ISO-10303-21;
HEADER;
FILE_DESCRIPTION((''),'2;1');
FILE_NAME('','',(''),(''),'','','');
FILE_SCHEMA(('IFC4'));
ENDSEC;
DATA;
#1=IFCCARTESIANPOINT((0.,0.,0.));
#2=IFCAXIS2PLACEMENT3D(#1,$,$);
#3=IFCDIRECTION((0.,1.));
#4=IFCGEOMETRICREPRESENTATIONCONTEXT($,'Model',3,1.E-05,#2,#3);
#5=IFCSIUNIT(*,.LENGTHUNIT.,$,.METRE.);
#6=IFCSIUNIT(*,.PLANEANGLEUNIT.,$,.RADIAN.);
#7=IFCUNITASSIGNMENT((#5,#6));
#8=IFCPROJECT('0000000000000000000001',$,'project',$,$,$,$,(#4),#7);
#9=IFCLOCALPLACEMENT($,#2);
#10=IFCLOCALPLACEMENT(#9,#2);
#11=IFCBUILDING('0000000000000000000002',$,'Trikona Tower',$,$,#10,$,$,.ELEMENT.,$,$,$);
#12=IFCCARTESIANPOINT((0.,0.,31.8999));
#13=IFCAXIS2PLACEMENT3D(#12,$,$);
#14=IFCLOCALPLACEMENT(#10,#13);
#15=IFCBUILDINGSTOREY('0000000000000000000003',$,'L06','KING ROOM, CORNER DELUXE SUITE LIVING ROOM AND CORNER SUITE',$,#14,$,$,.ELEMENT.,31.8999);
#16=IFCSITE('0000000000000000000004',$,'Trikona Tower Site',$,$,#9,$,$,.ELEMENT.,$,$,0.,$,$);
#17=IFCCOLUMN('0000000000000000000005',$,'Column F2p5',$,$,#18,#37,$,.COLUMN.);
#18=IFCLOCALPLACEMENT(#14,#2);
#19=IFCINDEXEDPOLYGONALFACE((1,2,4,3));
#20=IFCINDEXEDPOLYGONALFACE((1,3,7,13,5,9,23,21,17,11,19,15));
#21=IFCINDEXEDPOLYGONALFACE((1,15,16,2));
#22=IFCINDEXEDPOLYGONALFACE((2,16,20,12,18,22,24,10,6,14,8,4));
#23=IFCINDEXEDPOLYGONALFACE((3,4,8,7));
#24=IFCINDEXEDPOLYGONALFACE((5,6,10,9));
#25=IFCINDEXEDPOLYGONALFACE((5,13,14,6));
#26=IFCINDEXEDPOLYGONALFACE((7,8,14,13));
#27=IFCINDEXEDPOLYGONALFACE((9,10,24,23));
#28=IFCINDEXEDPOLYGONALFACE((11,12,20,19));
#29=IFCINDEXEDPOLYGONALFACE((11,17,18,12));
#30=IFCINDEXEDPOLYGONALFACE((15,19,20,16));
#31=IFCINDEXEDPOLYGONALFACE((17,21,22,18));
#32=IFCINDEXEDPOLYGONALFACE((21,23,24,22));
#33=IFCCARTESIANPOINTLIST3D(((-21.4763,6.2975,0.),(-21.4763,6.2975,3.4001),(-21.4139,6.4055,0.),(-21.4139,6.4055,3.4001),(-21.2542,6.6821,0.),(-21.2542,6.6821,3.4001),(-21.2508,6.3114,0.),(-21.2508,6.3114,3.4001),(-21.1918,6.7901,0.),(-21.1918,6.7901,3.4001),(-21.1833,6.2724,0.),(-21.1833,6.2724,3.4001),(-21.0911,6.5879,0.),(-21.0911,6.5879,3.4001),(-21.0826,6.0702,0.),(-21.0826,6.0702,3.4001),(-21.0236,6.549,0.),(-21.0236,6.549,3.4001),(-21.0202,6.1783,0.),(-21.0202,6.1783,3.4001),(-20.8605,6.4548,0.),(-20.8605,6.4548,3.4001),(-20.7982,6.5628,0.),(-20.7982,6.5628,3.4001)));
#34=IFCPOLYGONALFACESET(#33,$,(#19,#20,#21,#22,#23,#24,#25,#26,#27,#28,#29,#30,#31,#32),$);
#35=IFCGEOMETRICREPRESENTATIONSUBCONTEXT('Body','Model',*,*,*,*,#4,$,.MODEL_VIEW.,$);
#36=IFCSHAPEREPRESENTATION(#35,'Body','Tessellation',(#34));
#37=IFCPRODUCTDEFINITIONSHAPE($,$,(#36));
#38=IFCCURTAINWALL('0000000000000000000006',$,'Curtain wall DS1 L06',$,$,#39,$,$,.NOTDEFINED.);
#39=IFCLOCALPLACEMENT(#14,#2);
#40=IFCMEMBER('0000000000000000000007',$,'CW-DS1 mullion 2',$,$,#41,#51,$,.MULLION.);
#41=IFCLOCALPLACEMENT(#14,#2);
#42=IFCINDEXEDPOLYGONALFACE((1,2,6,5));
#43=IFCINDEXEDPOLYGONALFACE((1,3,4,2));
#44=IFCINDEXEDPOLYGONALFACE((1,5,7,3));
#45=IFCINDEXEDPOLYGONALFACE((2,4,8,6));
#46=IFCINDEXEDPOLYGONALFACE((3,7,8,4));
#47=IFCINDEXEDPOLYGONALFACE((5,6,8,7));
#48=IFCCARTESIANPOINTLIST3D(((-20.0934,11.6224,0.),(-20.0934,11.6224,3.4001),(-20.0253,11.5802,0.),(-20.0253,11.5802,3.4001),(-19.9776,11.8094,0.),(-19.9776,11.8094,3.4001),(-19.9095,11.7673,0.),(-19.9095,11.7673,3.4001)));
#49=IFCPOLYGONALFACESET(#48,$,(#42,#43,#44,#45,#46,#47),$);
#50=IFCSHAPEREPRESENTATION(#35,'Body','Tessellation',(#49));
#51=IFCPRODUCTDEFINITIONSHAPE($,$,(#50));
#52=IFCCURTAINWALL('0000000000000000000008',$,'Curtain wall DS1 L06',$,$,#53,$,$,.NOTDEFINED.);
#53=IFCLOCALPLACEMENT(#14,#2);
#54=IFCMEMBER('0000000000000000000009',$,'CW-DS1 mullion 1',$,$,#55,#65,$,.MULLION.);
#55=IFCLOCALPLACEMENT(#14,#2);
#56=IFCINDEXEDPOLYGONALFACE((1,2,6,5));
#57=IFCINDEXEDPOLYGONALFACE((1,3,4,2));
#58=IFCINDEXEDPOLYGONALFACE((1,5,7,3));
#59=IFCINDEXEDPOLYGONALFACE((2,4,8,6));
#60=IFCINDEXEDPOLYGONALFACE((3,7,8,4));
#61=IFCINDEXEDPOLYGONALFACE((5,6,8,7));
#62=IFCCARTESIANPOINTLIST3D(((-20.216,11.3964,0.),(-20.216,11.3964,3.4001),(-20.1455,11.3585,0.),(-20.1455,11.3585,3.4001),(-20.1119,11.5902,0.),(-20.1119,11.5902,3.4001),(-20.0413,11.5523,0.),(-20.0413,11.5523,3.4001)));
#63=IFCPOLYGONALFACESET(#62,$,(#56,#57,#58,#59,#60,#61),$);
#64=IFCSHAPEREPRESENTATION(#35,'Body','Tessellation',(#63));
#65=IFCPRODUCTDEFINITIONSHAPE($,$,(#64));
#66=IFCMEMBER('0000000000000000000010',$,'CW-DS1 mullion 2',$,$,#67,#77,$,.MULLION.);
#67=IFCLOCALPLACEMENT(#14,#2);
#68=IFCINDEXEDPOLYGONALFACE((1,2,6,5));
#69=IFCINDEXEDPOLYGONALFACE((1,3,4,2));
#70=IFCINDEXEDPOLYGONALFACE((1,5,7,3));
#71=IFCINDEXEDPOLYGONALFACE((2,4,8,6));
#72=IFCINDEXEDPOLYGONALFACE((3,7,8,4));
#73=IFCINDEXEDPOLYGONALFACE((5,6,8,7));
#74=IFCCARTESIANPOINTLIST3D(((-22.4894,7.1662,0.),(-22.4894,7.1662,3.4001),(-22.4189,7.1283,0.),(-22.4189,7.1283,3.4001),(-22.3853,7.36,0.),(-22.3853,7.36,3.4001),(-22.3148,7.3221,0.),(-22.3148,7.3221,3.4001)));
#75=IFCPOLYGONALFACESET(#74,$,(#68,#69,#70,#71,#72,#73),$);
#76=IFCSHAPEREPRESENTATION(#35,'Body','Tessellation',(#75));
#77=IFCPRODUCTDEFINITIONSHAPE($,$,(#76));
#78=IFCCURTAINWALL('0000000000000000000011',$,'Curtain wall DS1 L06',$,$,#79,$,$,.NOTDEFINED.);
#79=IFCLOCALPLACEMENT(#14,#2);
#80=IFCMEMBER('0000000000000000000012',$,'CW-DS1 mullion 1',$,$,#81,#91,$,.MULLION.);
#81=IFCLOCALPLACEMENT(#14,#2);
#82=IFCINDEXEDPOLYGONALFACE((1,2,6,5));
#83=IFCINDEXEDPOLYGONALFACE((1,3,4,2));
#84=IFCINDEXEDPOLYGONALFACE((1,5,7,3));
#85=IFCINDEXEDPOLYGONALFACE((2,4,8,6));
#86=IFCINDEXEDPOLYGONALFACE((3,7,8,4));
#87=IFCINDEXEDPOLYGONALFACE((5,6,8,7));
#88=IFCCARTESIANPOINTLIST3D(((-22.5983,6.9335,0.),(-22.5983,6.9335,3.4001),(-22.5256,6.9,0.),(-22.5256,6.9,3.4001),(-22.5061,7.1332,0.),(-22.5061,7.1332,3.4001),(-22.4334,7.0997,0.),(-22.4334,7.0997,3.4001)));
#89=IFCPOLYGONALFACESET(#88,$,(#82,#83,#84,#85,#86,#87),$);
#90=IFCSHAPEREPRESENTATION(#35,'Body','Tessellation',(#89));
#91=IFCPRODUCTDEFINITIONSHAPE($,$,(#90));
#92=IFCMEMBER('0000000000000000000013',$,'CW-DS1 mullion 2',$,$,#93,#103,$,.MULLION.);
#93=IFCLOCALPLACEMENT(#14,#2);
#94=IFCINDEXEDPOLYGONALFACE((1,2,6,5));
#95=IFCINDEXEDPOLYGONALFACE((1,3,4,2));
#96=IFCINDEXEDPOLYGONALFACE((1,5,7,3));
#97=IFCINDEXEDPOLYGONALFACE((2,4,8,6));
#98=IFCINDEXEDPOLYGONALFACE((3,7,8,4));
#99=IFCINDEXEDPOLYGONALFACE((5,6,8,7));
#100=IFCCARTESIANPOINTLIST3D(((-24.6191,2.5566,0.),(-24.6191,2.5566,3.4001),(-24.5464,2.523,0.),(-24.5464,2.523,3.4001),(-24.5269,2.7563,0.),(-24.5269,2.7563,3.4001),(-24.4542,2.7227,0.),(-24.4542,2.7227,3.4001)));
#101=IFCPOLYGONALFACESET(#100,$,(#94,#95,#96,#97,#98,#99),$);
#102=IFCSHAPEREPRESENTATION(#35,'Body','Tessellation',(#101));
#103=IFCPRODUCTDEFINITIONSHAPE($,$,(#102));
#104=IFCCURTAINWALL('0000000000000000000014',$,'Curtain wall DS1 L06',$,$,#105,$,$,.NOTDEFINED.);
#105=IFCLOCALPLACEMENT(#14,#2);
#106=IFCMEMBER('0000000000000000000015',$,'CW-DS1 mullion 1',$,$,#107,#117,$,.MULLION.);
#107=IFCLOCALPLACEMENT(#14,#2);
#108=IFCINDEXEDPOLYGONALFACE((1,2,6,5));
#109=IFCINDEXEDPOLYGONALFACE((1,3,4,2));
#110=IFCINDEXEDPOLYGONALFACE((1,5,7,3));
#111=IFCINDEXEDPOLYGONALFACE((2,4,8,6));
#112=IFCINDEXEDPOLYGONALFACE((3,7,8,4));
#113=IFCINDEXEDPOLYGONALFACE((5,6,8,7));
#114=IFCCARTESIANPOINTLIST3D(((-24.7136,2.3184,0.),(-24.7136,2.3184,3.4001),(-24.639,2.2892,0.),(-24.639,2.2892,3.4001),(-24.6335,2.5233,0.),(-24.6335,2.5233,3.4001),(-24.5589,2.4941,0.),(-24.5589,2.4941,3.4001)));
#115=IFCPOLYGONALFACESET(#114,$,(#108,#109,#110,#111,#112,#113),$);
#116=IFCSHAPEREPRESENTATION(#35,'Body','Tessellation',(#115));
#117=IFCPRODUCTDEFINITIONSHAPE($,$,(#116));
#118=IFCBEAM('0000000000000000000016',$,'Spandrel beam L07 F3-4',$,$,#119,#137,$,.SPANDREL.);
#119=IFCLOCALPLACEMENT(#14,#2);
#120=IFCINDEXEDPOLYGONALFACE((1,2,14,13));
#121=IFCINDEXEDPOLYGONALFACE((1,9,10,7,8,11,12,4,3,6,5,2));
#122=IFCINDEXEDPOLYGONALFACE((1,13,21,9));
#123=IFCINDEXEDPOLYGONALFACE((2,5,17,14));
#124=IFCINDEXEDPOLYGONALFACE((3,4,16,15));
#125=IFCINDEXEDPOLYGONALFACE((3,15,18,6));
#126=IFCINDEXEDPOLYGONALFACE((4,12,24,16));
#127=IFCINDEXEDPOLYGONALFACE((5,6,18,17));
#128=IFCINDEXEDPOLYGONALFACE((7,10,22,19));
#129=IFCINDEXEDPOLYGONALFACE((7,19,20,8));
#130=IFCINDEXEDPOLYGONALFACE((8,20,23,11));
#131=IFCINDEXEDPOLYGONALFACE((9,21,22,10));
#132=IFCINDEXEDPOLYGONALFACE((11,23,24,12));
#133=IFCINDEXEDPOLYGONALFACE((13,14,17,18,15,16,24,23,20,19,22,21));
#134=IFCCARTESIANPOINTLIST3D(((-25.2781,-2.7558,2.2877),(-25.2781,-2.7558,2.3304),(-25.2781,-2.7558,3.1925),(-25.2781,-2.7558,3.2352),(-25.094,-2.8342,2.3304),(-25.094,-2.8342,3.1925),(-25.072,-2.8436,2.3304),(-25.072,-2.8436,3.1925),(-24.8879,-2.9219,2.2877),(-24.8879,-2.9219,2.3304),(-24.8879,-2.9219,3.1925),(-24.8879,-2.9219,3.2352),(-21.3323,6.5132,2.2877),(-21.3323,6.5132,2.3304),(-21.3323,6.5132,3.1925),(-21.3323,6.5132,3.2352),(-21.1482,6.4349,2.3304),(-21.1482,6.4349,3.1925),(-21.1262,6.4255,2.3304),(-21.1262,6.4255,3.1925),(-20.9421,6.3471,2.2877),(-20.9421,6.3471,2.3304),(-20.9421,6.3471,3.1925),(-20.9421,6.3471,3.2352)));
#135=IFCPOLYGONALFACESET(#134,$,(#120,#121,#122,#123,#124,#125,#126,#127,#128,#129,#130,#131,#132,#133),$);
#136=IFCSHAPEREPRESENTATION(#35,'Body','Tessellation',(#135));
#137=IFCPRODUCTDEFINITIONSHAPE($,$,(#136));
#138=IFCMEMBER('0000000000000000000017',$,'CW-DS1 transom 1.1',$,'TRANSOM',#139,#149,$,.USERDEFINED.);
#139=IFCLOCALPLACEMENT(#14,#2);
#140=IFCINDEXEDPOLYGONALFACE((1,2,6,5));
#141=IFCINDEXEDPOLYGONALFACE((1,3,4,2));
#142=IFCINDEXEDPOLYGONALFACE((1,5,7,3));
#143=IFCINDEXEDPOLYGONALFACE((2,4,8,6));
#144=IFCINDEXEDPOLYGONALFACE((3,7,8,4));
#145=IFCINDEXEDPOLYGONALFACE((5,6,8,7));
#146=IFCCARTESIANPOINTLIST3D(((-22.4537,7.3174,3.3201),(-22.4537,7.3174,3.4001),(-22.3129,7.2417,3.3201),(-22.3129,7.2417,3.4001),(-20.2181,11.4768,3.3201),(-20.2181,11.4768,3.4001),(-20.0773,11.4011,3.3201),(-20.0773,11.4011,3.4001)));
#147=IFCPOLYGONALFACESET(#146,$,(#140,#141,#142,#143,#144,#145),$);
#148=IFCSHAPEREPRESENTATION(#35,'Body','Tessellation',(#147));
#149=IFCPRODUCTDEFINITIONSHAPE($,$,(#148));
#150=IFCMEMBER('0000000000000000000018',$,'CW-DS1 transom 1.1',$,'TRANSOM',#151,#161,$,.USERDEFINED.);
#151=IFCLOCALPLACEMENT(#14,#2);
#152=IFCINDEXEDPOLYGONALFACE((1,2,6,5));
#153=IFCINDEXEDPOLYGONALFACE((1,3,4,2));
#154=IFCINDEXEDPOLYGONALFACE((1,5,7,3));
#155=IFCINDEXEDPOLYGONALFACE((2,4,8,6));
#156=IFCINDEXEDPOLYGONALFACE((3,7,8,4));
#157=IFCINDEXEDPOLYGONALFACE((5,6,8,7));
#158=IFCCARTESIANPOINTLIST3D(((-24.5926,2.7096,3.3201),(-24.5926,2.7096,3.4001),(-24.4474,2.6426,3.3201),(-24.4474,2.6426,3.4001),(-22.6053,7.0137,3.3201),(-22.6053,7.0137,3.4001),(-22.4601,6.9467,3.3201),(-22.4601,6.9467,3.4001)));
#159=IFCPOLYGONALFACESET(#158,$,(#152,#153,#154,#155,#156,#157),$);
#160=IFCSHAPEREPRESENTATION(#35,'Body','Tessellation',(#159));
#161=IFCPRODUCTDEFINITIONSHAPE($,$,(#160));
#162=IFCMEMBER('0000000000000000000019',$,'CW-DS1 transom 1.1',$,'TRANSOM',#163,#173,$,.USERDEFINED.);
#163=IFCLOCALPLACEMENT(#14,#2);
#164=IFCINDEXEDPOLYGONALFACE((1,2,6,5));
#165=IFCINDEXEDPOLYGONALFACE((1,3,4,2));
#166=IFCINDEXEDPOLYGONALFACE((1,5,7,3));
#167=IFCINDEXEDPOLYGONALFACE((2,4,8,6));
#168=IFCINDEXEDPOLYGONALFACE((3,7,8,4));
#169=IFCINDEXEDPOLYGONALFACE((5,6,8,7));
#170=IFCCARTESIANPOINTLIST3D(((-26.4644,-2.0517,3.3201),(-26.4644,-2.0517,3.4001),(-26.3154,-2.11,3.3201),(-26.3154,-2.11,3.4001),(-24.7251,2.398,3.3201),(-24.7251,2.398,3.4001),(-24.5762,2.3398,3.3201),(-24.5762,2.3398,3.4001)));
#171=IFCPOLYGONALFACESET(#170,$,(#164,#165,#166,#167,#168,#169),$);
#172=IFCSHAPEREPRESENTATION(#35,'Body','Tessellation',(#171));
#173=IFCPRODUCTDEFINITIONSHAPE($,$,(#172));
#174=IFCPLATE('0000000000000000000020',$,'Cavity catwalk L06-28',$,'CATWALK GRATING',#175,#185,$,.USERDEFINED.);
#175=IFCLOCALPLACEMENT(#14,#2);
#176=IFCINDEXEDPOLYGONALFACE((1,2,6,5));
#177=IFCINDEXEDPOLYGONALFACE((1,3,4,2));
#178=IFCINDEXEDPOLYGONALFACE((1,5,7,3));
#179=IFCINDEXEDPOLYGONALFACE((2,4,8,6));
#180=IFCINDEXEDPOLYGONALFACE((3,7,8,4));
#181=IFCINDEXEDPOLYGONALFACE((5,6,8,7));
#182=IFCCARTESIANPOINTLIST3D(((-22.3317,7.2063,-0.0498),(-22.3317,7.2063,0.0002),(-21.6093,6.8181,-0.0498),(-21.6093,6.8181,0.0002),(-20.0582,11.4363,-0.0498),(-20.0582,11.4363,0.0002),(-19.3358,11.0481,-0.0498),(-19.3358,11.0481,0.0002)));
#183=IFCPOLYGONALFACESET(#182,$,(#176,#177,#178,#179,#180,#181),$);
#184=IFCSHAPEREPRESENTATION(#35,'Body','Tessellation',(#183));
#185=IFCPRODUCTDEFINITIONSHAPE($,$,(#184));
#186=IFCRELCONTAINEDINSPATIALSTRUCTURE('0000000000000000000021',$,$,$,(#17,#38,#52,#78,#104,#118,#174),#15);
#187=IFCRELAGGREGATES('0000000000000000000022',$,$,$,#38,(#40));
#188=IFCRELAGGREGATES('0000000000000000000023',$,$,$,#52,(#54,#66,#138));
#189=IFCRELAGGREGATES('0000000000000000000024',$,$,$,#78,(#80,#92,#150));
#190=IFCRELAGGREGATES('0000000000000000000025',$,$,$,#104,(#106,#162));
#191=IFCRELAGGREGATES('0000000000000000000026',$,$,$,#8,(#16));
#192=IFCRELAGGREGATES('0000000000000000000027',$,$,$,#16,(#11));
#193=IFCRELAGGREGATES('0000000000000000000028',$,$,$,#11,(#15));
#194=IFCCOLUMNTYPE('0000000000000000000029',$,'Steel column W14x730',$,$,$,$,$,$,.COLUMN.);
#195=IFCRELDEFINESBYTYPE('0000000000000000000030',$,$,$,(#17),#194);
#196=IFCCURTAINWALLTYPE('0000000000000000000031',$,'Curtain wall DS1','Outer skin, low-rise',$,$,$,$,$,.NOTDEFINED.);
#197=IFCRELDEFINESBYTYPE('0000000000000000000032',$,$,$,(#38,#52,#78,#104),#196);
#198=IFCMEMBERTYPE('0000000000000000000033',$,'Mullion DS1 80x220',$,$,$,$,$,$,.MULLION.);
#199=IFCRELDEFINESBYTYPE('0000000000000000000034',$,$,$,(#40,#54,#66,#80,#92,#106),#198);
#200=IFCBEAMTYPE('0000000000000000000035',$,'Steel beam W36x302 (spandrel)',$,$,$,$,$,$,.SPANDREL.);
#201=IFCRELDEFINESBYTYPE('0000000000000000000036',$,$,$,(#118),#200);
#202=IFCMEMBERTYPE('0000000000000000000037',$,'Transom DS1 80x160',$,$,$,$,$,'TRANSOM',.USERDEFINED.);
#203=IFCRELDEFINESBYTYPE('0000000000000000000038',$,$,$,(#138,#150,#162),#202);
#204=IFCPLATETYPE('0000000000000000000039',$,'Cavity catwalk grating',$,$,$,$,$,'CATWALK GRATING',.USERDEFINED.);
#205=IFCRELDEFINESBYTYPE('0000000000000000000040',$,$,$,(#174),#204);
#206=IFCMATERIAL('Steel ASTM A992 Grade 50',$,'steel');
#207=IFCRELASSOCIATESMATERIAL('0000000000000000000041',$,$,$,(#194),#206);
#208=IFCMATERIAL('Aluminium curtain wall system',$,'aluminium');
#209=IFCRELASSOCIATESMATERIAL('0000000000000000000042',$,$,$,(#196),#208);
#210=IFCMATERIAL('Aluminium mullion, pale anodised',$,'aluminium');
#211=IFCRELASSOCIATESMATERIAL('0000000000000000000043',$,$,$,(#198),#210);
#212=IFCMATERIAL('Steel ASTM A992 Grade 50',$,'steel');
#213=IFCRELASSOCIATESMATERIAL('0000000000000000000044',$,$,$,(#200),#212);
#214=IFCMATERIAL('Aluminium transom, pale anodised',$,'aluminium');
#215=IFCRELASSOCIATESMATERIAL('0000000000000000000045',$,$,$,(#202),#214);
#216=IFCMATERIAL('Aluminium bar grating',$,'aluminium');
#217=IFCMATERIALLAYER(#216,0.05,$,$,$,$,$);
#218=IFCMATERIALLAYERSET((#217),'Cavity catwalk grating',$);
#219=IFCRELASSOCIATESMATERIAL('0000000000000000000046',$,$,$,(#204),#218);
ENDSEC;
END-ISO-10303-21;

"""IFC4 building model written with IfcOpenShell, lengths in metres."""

from ifc_helpers import new_model, si_unit, direction, frame, origin, origin_2d, place, context, subcontext, project, spatial, rectangle, i_section, extrude, material, layer, layer_set, material_profile, profile_set, type_object, element, aggregate, save


model = new_model("IFC4")

# Units and contexts
model_context = context("Model", 3, precision=1e-05, world=origin(), true_north=direction((0.0, 1.0)))
body_context = subcontext(model_context, "Body", "Model", "MODEL_VIEW")
ifc_project = project(units=[si_unit("LENGTHUNIT", "METRE"), si_unit("PLANEANGLEUNIT", "RADIAN")], contexts=[model_context])

# Site, building, storey
site_placement = place(None, origin())
site = spatial("IfcSite", under=ifc_project, at=site_placement, Name="Trikona Tower Site", CompositionType="ELEMENT", RefElevation=0.0)
building_placement = place(site_placement, origin())
building = spatial("IfcBuilding", under=site, at=building_placement, Name="Trikona Tower", CompositionType="ELEMENT")
storey_placement = place(building_placement, frame((0.0, 0.0, 31.8999)))
storey = spatial("IfcBuildingStorey", under=building, at=storey_placement, Name="L06", Description="KING ROOM, CORNER DELUXE SUITE LIVING ROOM AND CORNER SUITE", CompositionType="ELEMENT", Elevation=31.8999)

# Column
ifc_material_1 = material(Name="Steel ASTM A992 Grade 50", Category="steel")
ifc_material_profile_1 = material_profile(ifc_material_1, i_section(OverallWidth=0.4546, OverallDepth=0.5688, WebThickness=0.0779, FlangeThickness=0.1248, at=origin_2d()), Name="W14X730")
ifc_profile_set_1 = profile_set([ifc_material_profile_1], Name="Steel ASTM A992 Grade 50")
column_type = type_object("IfcColumnType", Name="Steel column W14x730", PredefinedType="COLUMN", material=ifc_profile_set_1)
column_placement = place(storey_placement, frame((-21.1372, 6.4302, 0.0), z_axis=(0.0, 0.0, 1.0), x_axis=(-0.866025, 0.5, 0.0)))
element("IfcColumn", 1, at=column_placement, inside=storey, type_object=column_type, Name="Column F2p5", PredefinedType="COLUMN", context=body_context, shape_type="SweptSolid", body=[
    extrude(i_section(OverallWidth=0.4546, OverallDepth=0.5688, WebThickness=0.0779, FlangeThickness=0.1248, at=origin_2d()), origin(), (0.0, 0.0, 1.0), 3.4001),
])

# Curtain wall, member
ifc_material_2 = material(Name="Aluminium curtain wall system", Category="aluminium")
curtain_wall_type = type_object("IfcCurtainWallType", Name="Curtain wall DS1", Description="Outer skin, low-rise", PredefinedType="NOTDEFINED", material=ifc_material_2)
curtain_wall_1_placement = place(storey_placement, origin())
curtain_wall_1 = element("IfcCurtainWall", 2, at=curtain_wall_1_placement, inside=storey, type_object=curtain_wall_type, Name="Curtain wall DS1 L06", PredefinedType="NOTDEFINED")
ifc_material_3 = material(Name="Aluminium mullion, pale anodised", Category="aluminium")
ifc_material_profile_2 = material_profile(ifc_material_3, rectangle(XDim=0.0801, YDim=0.22, at=origin_2d()), Name="MUL-DS1")
ifc_profile_set_2 = profile_set([ifc_material_profile_2], Name="Aluminium mullion, pale anodised")
member_type_1 = type_object("IfcMemberType", Name="Mullion DS1 80x220", PredefinedType="MULLION", material=ifc_profile_set_2)
member_1_placement = place(storey_placement, frame((-20.0015, 11.6948, 0.0), z_axis=(0.0, 0.0, 1.0), x_axis=(0.85041, -0.52612, 0.0)))
member_1 = element("IfcMember", 3, at=member_1_placement, type_object=member_type_1, Name="CW-DS1 mullion 2", PredefinedType="MULLION", context=body_context, shape_type="SweptSolid", body=[
    extrude(rectangle(XDim=0.0801, YDim=0.22, at=origin_2d()), origin(), (0.0, 0.0, 1.0), 3.4001),
])
aggregate(curtain_wall_1, [member_1])

# Curtain walls, members
curtain_wall_2_placement = place(storey_placement, origin())
curtain_wall_2 = element("IfcCurtainWall", 4, at=curtain_wall_2_placement, inside=storey, type_object=curtain_wall_type, Name="Curtain wall DS1 L06", PredefinedType="NOTDEFINED")
member_2_placement = place(storey_placement, frame((-20.1287, 11.4744, 0.0), z_axis=(0.0, 0.0, 1.0), x_axis=(0.880843, -0.473408, 0.0)))
member_2 = element("IfcMember", 5, at=member_2_placement, type_object=member_type_1, Name="CW-DS1 mullion 1", PredefinedType="MULLION", context=body_context, shape_type="SweptSolid", body=[
    extrude(rectangle(XDim=0.0801, YDim=0.22, at=origin_2d()), origin(), (0.0, 0.0, 1.0), 3.4001),
])
member_3_placement = place(storey_placement, frame((-22.4021, 7.2441, 0.0), z_axis=(0.0, 0.0, 1.0), x_axis=(0.880843, -0.473408, 0.0)))
member_3 = element("IfcMember", 6, at=member_3_placement, type_object=member_type_1, Name="CW-DS1 mullion 2", PredefinedType="MULLION", context=body_context, shape_type="SweptSolid", body=[
    extrude(rectangle(XDim=0.0801, YDim=0.22, at=origin_2d()), origin(), (0.0, 0.0, 1.0), 3.4001),
])
curtain_wall_3_placement = place(storey_placement, origin())
curtain_wall_3 = element("IfcCurtainWall", 7, at=curtain_wall_3_placement, inside=storey, type_object=curtain_wall_type, Name="Curtain wall DS1 L06", PredefinedType="NOTDEFINED")
member_4_placement = place(storey_placement, frame((-22.5159, 7.0166, 0.0), z_axis=(0.0, 0.0, 1.0), x_axis=(0.907898, -0.41919, 0.0)))
member_4 = element("IfcMember", 8, at=member_4_placement, type_object=member_type_1, Name="CW-DS1 mullion 1", PredefinedType="MULLION", context=body_context, shape_type="SweptSolid", body=[
    extrude(rectangle(XDim=0.0801, YDim=0.22, at=origin_2d()), origin(), (0.0, 0.0, 1.0), 3.4001),
])
member_5_placement = place(storey_placement, frame((-24.5366, 2.6396, 0.0), z_axis=(0.0, 0.0, 1.0), x_axis=(0.907898, -0.41919, 0.0)))
member_5 = element("IfcMember", 9, at=member_5_placement, type_object=member_type_1, Name="CW-DS1 mullion 2", PredefinedType="MULLION", context=body_context, shape_type="SweptSolid", body=[
    extrude(rectangle(XDim=0.0801, YDim=0.22, at=origin_2d()), origin(), (0.0, 0.0, 1.0), 3.4001),
])

# Curtain wall, member
curtain_wall_4_placement = place(storey_placement, origin())
curtain_wall_4 = element("IfcCurtainWall", 10, at=curtain_wall_4_placement, inside=storey, type_object=curtain_wall_type, Name="Curtain wall DS1 L06", PredefinedType="NOTDEFINED")
member_6_placement = place(storey_placement, frame((-24.6362, 2.4062, 0.0), z_axis=(0.0, 0.0, 1.0), x_axis=(0.931396, -0.364008, 0.0)))
member_6 = element("IfcMember", 11, at=member_6_placement, type_object=member_type_1, Name="CW-DS1 mullion 1", PredefinedType="MULLION", context=body_context, shape_type="SweptSolid", body=[
    extrude(rectangle(XDim=0.0801, YDim=0.22, at=origin_2d()), origin(), (0.0, 0.0, 1.0), 3.4001),
])

# Beam
ifc_material_4 = material(Name="Steel ASTM A992 Grade 50", Category="steel")
ifc_material_profile_3 = material_profile(ifc_material_4, i_section(OverallWidth=0.4241, OverallDepth=0.9475, WebThickness=0.0239, FlangeThickness=0.0427, at=origin_2d()), Name="W36X302")
ifc_profile_set_3 = profile_set([ifc_material_profile_3], Name="Steel ASTM A992 Grade 50")
beam_type = type_object("IfcBeamType", Name="Steel beam W36x302 (spandrel)", PredefinedType="SPANDREL", material=ifc_profile_set_3)
beam_placement = place(storey_placement, frame((-21.1372, 6.4302, 2.7615), z_axis=(-0.391684, -0.9201, 0.0), x_axis=(0.9201, -0.391684, 0.0)))
element("IfcBeam", 12, at=beam_placement, inside=storey, type_object=beam_type, Name="Spandrel beam L07 F3-4", PredefinedType="SPANDREL", context=body_context, shape_type="SweptSolid", body=[
    extrude(i_section(OverallWidth=0.4241, OverallDepth=0.9475, WebThickness=0.0239, FlangeThickness=0.0427, at=origin_2d()), origin(), (0.0, 0.0, 1.0), 10.074),
])

# Members
ifc_material_5 = material(Name="Aluminium transom, pale anodised", Category="aluminium")
ifc_material_profile_4 = material_profile(ifc_material_5, rectangle(XDim=0.1599, YDim=0.0801, at=origin_2d()), Name="TRN-DS1")
ifc_profile_set_4 = profile_set([ifc_material_profile_4], Name="Aluminium transom, pale anodised")
member_type_2 = type_object("IfcMemberType", Name="Transom DS1 80x160", ElementType="TRANSOM", PredefinedType="USERDEFINED", material=ifc_profile_set_4)
member_7_placement = place(storey_placement, frame((-20.1477, 11.439, 3.3601), z_axis=(-0.473428, -0.880833, 0.0), x_axis=(0.880833, -0.473428, 0.0)))
member_7 = element("IfcMember", 13, at=member_7_placement, type_object=member_type_2, Name="CW-DS1 transom 1.1", ObjectType="TRANSOM", PredefinedType="USERDEFINED", context=body_context, shape_type="SweptSolid", body=[
    extrude(rectangle(XDim=0.1599, YDim=0.0801, at=origin_2d()), origin(), (0.0, 0.0, 1.0), 4.7222),
])
member_8_placement = place(storey_placement, frame((-22.5327, 6.9802, 3.3601), z_axis=(-0.419189, -0.907899, 0.0), x_axis=(0.907899, -0.419189, 0.0)))
member_8 = element("IfcMember", 14, at=member_8_placement, type_object=member_type_2, Name="CW-DS1 transom 1.1", ObjectType="TRANSOM", PredefinedType="USERDEFINED", context=body_context, shape_type="SweptSolid", body=[
    extrude(rectangle(XDim=0.1599, YDim=0.0801, at=origin_2d()), origin(), (0.0, 0.0, 1.0), 4.7407),
])
member_9_placement = place(storey_placement, frame((-24.6506, 2.3689, 3.3601), z_axis=(-0.364049, -0.93138, 0.0), x_axis=(0.93138, -0.364049, 0.0)))
member_9 = element("IfcMember", 15, at=member_9_placement, type_object=member_type_2, Name="CW-DS1 transom 1.1", ObjectType="TRANSOM", PredefinedType="USERDEFINED", context=body_context, shape_type="SweptSolid", body=[
    extrude(rectangle(XDim=0.1599, YDim=0.0801, at=origin_2d()), origin(), (0.0, 0.0, 1.0), 4.7776),
])

# Plate
ifc_material_6 = material(Name="Aluminium bar grating", Category="aluminium")
ifc_layer_1 = layer(ifc_material_6, 0.05)
ifc_layer_set_1 = layer_set([ifc_layer_1], Name="Cavity catwalk grating")
plate_type_1 = type_object("IfcPlateType", Name="Cavity catwalk grating", ElementType="CATWALK GRATING", PredefinedType="USERDEFINED", material=ifc_layer_set_1)
plate_1_placement = place(storey_placement, frame((-20.8337, 9.1272, -0.0498), z_axis=(0.0, 0.0, 1.0), x_axis=(-0.473423, -0.880835, 0.0)))
element("IfcPlate", 16, at=plate_1_placement, inside=storey, type_object=plate_type_1, Name="Cavity catwalk L06-28", ObjectType="CATWALK GRATING", PredefinedType="USERDEFINED", context=body_context, shape_type="SweptSolid", body=[
    extrude(rectangle(XDim=4.8022, YDim=0.8201, at=origin_2d()), origin(), (0.0, 0.0, 1.0), 0.05),
])

aggregate(curtain_wall_2, [member_2, member_3, member_7])
aggregate(curtain_wall_3, [member_4, member_5, member_8])
aggregate(curtain_wall_4, [member_6, member_9])

save(model, "model.ifc")
